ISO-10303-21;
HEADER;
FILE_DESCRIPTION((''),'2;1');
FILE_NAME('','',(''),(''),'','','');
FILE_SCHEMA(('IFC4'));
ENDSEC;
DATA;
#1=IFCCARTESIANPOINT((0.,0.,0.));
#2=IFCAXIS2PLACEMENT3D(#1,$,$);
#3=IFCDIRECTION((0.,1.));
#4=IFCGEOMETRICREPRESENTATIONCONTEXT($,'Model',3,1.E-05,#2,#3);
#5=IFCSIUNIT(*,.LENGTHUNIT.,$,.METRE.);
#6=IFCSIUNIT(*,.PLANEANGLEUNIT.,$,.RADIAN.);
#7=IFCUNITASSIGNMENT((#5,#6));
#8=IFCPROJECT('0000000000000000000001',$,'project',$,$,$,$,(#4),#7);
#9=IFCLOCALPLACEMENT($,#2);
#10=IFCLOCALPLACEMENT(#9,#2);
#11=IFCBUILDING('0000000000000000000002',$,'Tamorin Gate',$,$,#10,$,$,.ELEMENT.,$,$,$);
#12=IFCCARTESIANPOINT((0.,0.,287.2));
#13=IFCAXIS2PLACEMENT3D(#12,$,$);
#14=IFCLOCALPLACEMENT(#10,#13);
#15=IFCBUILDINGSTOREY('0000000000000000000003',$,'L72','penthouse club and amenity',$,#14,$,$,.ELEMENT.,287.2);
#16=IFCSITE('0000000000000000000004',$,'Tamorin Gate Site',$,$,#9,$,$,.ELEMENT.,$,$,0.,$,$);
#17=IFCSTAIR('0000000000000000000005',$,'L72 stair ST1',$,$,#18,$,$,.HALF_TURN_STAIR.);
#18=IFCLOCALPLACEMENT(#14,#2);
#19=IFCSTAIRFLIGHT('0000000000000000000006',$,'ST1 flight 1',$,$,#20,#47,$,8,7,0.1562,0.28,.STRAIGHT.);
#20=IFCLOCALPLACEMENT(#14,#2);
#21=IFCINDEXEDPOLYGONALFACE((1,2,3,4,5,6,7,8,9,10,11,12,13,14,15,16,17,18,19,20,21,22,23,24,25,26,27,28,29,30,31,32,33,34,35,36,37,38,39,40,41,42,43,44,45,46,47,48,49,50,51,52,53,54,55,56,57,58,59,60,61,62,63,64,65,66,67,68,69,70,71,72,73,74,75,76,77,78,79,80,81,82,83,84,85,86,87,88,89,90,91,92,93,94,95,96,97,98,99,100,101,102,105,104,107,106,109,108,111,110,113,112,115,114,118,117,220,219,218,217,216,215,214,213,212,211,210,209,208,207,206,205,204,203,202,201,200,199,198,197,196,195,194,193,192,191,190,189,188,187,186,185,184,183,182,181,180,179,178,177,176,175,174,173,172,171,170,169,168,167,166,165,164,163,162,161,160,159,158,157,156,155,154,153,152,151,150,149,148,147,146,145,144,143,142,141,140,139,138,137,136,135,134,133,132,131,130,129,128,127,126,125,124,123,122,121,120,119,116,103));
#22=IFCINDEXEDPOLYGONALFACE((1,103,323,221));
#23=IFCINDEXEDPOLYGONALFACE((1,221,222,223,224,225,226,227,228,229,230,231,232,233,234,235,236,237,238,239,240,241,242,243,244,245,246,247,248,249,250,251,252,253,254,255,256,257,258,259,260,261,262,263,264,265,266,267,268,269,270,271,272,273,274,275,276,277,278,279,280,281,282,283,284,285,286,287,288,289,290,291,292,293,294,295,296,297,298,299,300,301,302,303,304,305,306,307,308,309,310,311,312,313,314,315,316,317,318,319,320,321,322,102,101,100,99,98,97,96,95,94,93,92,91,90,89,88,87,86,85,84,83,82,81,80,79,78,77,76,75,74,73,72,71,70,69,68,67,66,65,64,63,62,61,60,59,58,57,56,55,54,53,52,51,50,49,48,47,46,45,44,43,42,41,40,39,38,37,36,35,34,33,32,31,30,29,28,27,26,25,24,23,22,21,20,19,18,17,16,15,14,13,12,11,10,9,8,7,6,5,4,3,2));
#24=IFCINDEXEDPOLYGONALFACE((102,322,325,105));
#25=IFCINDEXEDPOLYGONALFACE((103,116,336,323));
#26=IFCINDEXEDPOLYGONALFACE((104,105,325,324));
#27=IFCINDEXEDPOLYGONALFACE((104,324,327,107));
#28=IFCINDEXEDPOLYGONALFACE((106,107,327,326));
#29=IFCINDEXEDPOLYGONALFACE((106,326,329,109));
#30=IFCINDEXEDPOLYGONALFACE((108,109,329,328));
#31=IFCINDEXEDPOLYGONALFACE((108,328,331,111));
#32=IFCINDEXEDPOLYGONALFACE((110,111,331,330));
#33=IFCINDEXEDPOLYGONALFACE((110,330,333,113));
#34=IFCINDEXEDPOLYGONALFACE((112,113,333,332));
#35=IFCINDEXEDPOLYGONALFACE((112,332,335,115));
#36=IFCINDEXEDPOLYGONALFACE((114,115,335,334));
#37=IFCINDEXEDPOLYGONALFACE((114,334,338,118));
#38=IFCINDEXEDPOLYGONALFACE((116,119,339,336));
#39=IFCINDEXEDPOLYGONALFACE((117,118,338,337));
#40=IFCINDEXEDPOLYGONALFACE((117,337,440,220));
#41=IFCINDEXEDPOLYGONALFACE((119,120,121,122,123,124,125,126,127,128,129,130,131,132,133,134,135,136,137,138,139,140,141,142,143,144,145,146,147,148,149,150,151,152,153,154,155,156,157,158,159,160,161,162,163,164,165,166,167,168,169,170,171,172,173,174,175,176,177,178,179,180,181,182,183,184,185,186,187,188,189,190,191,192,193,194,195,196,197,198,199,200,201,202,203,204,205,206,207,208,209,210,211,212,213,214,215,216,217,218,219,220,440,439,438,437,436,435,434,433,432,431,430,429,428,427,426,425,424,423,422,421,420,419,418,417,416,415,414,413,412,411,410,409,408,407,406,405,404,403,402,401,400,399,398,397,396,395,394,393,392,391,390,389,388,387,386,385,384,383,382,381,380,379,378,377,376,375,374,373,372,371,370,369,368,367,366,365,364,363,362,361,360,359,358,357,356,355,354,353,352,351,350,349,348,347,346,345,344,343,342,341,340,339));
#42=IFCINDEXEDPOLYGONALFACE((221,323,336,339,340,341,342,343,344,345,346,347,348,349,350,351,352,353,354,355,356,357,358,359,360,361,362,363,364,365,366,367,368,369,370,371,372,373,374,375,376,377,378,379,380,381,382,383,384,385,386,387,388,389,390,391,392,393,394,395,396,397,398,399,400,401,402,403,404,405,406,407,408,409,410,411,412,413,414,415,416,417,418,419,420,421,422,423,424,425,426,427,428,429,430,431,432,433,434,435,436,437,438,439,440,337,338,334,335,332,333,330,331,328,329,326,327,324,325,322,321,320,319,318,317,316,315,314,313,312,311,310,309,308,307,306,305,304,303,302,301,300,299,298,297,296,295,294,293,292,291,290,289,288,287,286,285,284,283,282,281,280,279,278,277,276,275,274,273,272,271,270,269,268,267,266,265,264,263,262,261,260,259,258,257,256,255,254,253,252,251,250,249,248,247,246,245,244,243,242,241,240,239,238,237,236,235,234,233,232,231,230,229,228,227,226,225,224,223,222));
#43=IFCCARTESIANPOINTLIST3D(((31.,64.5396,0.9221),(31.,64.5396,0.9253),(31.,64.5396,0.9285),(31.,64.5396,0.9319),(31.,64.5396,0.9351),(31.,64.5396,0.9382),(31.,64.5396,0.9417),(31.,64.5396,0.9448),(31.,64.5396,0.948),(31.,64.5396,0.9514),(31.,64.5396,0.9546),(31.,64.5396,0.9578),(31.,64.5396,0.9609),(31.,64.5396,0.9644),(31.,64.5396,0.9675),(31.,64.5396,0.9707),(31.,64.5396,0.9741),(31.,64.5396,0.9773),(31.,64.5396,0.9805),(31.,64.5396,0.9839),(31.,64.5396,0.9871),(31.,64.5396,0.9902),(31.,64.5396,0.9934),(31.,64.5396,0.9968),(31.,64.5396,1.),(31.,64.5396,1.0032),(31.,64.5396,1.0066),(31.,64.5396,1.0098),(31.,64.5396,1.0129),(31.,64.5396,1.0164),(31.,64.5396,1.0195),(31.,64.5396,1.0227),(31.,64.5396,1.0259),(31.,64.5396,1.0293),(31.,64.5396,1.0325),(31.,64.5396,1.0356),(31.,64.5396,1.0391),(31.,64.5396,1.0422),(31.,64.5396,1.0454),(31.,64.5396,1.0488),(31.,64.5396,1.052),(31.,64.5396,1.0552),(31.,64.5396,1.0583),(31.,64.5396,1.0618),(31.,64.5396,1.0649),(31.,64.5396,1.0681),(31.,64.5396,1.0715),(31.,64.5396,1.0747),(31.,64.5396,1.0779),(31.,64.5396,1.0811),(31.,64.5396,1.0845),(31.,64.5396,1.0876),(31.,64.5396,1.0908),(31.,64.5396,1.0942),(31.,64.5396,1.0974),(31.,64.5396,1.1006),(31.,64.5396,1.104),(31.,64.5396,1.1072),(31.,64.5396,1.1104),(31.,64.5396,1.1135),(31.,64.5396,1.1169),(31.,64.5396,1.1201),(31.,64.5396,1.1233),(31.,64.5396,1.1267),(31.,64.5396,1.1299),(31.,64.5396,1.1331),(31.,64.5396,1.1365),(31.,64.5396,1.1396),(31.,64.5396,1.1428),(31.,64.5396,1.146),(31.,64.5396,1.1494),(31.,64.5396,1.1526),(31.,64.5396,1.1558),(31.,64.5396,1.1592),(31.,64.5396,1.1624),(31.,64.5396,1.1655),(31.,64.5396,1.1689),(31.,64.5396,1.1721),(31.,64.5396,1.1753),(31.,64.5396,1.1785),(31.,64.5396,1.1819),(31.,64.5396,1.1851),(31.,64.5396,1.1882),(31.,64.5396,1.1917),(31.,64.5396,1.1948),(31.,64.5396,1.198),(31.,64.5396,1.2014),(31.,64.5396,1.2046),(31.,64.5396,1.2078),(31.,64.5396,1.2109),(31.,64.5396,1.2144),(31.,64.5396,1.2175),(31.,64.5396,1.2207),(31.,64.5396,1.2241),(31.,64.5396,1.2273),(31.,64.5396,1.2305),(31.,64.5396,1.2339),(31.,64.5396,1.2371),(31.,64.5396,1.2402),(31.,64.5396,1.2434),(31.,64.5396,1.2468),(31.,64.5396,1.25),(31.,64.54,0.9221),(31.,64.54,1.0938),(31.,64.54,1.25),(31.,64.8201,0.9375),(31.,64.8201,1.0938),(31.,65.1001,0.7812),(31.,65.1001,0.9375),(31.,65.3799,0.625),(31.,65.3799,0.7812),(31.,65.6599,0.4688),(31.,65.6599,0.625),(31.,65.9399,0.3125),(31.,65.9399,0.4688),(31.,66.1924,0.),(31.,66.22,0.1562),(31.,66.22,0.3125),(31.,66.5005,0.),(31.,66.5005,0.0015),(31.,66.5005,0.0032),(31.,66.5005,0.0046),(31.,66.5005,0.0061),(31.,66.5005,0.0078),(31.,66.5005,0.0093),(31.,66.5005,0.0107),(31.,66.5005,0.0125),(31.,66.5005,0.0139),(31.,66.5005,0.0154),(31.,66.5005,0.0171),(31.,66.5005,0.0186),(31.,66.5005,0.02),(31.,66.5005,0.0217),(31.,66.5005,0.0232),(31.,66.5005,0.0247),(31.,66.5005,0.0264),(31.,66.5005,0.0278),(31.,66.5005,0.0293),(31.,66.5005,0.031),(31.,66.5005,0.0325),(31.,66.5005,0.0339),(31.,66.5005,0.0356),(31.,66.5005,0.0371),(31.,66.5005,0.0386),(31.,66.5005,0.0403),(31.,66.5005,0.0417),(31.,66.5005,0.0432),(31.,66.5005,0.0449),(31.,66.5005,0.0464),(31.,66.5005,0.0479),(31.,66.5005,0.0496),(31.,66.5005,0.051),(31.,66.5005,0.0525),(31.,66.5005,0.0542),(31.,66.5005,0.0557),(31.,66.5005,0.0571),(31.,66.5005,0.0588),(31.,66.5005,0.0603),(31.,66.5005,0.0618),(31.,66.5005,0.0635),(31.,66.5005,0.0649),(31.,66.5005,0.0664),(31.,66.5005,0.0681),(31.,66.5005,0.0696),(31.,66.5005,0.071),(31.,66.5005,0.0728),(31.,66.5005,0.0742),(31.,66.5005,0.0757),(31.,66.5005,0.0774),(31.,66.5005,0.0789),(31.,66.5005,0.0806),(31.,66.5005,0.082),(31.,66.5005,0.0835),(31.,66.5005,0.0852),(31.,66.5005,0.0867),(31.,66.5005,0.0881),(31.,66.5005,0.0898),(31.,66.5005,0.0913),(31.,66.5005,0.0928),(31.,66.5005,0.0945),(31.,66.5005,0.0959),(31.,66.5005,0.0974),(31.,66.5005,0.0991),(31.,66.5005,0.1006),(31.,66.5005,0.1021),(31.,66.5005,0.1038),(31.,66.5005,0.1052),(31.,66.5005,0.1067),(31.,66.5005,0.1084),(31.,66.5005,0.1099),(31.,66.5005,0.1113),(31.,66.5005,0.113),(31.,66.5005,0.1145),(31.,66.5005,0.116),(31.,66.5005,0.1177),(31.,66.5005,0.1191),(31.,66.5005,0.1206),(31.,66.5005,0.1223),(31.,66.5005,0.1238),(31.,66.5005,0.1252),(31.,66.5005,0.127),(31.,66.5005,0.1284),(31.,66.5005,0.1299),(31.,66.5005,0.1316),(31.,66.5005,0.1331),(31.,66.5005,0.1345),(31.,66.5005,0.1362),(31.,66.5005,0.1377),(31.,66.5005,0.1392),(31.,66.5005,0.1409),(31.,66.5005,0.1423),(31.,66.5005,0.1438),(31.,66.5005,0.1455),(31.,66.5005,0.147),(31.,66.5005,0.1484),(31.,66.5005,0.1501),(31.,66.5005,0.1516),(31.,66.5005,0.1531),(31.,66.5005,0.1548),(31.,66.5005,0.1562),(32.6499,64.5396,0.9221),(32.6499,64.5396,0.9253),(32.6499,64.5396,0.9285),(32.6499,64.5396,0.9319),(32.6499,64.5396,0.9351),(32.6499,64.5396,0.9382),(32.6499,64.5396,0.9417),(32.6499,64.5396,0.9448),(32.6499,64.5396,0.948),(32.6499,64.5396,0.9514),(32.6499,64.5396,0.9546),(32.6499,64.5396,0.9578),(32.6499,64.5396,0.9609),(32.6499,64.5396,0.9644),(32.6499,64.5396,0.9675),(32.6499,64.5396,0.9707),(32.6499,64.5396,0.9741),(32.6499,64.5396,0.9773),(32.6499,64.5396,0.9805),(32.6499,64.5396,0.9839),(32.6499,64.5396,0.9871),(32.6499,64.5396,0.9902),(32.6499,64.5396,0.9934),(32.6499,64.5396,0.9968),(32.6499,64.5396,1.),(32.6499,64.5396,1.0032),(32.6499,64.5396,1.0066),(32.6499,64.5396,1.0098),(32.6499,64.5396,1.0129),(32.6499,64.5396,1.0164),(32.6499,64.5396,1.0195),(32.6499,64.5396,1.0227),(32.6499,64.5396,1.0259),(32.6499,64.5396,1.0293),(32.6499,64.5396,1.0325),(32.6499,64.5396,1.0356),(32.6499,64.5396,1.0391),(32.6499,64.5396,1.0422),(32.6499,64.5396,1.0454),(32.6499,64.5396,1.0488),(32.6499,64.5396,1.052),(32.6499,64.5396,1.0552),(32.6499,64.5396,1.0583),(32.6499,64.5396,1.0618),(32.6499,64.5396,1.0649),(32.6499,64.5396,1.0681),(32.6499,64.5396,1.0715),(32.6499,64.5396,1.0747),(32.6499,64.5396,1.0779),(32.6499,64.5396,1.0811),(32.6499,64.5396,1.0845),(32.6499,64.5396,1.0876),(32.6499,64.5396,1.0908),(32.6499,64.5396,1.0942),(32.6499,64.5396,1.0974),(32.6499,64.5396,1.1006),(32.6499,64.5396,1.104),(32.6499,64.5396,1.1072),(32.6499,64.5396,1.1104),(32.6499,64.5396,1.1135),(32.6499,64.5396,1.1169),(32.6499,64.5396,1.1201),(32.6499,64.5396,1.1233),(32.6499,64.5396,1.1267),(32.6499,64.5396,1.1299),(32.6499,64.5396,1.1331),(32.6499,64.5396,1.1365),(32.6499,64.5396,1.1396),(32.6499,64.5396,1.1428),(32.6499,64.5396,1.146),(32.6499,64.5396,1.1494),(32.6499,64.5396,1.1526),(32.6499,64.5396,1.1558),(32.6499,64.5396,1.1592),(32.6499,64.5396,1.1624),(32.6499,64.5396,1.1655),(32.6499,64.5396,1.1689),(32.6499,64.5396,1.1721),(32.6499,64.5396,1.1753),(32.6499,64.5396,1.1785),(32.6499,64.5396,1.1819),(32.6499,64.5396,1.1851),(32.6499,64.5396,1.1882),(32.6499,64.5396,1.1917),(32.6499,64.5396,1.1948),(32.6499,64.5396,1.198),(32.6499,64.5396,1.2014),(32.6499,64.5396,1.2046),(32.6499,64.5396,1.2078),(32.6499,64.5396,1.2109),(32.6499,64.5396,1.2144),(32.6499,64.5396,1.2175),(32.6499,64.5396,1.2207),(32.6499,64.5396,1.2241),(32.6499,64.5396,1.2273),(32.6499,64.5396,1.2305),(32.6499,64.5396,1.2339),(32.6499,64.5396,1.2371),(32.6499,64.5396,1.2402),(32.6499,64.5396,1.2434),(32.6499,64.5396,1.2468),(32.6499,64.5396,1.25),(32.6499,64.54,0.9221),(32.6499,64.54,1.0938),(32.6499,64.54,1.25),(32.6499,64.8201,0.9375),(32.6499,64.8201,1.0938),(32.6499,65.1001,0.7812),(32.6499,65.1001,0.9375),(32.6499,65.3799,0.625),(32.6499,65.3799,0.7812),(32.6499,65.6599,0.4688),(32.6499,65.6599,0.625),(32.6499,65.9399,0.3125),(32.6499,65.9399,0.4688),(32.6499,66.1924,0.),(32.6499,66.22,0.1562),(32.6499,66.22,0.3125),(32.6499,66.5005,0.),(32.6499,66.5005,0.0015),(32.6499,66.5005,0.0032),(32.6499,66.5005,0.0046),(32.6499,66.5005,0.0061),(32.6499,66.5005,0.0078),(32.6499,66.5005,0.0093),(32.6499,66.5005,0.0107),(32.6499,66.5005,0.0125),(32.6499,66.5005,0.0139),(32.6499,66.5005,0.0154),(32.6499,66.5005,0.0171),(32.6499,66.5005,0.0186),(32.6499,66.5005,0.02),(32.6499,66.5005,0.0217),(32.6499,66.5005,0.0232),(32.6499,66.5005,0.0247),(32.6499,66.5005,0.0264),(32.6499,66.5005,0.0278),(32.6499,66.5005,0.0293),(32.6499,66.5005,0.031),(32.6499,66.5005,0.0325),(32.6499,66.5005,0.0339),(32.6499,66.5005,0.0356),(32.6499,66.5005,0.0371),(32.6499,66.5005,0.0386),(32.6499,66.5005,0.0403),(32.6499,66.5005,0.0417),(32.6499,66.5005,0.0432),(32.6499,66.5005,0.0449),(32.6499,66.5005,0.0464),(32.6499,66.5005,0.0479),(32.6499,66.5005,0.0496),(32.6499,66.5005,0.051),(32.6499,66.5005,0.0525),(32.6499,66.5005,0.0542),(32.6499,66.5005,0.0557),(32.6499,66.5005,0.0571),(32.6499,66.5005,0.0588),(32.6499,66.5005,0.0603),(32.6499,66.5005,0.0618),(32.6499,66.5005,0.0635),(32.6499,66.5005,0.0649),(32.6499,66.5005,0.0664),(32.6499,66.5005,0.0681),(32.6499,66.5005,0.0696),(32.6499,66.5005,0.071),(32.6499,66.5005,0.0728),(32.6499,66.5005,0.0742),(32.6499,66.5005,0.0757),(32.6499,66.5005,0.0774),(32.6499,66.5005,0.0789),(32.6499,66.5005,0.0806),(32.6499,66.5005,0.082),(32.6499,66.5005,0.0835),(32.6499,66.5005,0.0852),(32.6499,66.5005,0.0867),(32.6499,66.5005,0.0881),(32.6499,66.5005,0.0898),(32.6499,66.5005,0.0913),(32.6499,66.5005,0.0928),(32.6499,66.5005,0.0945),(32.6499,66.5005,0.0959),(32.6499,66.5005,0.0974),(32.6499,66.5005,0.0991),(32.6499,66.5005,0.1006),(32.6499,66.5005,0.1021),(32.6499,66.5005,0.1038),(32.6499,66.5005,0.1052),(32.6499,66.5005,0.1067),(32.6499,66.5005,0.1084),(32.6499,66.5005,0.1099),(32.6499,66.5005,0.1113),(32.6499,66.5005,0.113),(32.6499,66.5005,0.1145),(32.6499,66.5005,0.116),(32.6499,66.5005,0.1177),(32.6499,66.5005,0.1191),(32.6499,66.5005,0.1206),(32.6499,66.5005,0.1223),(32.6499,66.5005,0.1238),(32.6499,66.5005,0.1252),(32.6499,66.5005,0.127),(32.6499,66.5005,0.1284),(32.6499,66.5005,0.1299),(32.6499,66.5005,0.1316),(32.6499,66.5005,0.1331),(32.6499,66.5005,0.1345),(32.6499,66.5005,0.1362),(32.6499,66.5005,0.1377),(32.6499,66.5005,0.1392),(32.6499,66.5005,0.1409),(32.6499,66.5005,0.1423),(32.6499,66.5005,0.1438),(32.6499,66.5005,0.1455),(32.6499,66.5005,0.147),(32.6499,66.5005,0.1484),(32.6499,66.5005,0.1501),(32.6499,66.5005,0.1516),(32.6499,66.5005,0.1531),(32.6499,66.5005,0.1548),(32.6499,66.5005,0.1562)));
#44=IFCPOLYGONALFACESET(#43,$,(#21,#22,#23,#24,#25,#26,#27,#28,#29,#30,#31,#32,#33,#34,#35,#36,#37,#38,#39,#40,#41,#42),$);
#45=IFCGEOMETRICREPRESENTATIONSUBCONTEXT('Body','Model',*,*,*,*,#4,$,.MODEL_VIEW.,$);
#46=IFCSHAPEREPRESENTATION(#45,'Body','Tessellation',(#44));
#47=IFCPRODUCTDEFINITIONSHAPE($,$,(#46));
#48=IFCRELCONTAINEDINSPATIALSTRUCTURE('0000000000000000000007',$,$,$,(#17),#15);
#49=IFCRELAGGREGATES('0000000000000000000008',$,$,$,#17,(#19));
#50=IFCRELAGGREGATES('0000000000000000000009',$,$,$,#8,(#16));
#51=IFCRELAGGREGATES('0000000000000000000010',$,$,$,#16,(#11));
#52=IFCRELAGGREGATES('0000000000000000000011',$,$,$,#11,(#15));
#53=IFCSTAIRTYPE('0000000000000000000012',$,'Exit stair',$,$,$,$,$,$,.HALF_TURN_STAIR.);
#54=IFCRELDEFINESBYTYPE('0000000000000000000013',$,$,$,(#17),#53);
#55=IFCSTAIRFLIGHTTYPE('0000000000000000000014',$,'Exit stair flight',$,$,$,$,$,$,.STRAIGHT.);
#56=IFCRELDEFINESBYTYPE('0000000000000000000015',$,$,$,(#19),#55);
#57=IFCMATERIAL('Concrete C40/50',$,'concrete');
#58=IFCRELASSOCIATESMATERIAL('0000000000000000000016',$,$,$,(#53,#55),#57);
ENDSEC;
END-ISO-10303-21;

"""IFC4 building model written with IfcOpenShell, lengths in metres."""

from ifc_helpers import new_model, si_unit, direction, frame, origin, place, context, subcontext, project, spatial, polyline, outline, extrude, material, type_object, element, aggregate, save


model = new_model("IFC4")

# Units and contexts
model_context = context("Model", 3, precision=1e-05, world=origin(), true_north=direction((0.0, 1.0)))
body_context = subcontext(model_context, "Body", "Model", "MODEL_VIEW")
ifc_project = project(units=[si_unit("LENGTHUNIT", "METRE"), si_unit("PLANEANGLEUNIT", "RADIAN")], contexts=[model_context])

# Site, building, storey
site_placement = place(None, origin())
site = spatial("IfcSite", under=ifc_project, at=site_placement, Name="Tamorin Gate Site", CompositionType="ELEMENT", RefElevation=0.0)
building_placement = place(site_placement, origin())
building = spatial("IfcBuilding", under=site, at=building_placement, Name="Tamorin Gate", CompositionType="ELEMENT")
storey_placement = place(building_placement, frame((0.0, 0.0, 287.2)))
storey = spatial("IfcBuildingStorey", under=building, at=storey_placement, Name="L72", Description="penthouse club and amenity", CompositionType="ELEMENT", Elevation=287.2)

# Stair, stair flight
ifc_material_1 = material(Name="Concrete C40/50", Category="concrete")
stair_type = type_object("IfcStairType", Name="Exit stair", PredefinedType="HALF_TURN_STAIR", material=ifc_material_1)
stair_placement = place(storey_placement, origin())
stair = element("IfcStair", 1, at=stair_placement, inside=storey, type_object=stair_type, Name="L72 stair ST1", PredefinedType="HALF_TURN_STAIR")
stair_flight_type = type_object("IfcStairFlightType", Name="Exit stair flight", PredefinedType="STRAIGHT", material=ifc_material_1)
stair_flight_1_placement = place(storey_placement, frame((31.825, 66.5, 0.0), z_axis=(0.0, 0.0, 1.0), x_axis=(0.0, -1.0, 0.0)))
stair_flight_1 = element("IfcStairFlight", 2, at=stair_flight_1_placement, type_object=stair_flight_type, Name="ST1 flight 1", NumberOfRisers=8, NumberOfTreads=7, PredefinedType="STRAIGHT", RiserHeight=0.1562, TreadLength=0.28, context=body_context, shape_type="SweptSolid", body=[
    extrude(outline(polyline([(-0.0005, 0.0), (-0.0005, 0.0015), (-0.0005, 0.0032), (-0.0005, 0.0046), (-0.0005, 0.0061), (-0.0005, 0.0078), (-0.0005, 0.0093), (-0.0005, 0.0107), (-0.0005, 0.0125), (-0.0005, 0.0139), (-0.0005, 0.0154), (-0.0005, 0.0171), (-0.0005, 0.0186), (-0.0005, 0.02), (-0.0005, 0.0217), (-0.0005, 0.0232), (-0.0005, 0.0247), (-0.0005, 0.0264), (-0.0005, 0.0278), (-0.0005, 0.0293), (-0.0005, 0.031), (-0.0005, 0.0325), (-0.0005, 0.0339), (-0.0005, 0.0356), (-0.0005, 0.0371), (-0.0005, 0.0386), (-0.0005, 0.0403), (-0.0005, 0.0417), (-0.0005, 0.0432), (-0.0005, 0.0449), (-0.0005, 0.0464), (-0.0005, 0.0479), (-0.0005, 0.0496), (-0.0005, 0.051), (-0.0005, 0.0525), (-0.0005, 0.0542), (-0.0005, 0.0557), (-0.0005, 0.0571), (-0.0005, 0.0588), (-0.0005, 0.0603), (-0.0005, 0.0618), (-0.0005, 0.0635), (-0.0005, 0.0649), (-0.0005, 0.0664), (-0.0005, 0.0681), (-0.0005, 0.0696), (-0.0005, 0.071), (-0.0005, 0.0728), (-0.0005, 0.0742), (-0.0005, 0.0757), (-0.0005, 0.0774), (-0.0005, 0.0789), (-0.0005, 0.0806), (-0.0005, 0.082), (-0.0005, 0.0835), (-0.0005, 0.0852), (-0.0005, 0.0867), (-0.0005, 0.0881), (-0.0005, 0.0898), (-0.0005, 0.0913), (-0.0005, 0.0928), (-0.0005, 0.0945), (-0.0005, 0.0959), (-0.0005, 0.0974), (-0.0005, 0.0991), (-0.0005, 0.1006), (-0.0005, 0.1021), (-0.0005, 0.1038), (-0.0005, 0.1052), (-0.0005, 0.1067), (-0.0005, 0.1084), (-0.0005, 0.1099), (-0.0005, 0.1113), (-0.0005, 0.113), (-0.0005, 0.1145), (-0.0005, 0.116), (-0.0005, 0.1177), (-0.0005, 0.1191), (-0.0005, 0.1206), (-0.0005, 0.1223), (-0.0005, 0.1238), (-0.0005, 0.1252), (-0.0005, 0.127), (-0.0005, 0.1284), (-0.0005, 0.1299), (-0.0005, 0.1316), (-0.0005, 0.1331), (-0.0005, 0.1345), (-0.0005, 0.1362), (-0.0005, 0.1377), (-0.0005, 0.1392), (-0.0005, 0.1409), (-0.0005, 0.1423), (-0.0005, 0.1438), (-0.0005, 0.1455), (-0.0005, 0.147), (-0.0005, 0.1484), (-0.0005, 0.1501), (-0.0005, 0.1516), (-0.0005, 0.1531), (-0.0005, 0.1548), (-0.0005, 0.1562), (0.28, 0.1562), (0.28, 0.3125), (0.5601, 0.3125), (0.5601, 0.4688), (0.8401, 0.4688), (0.8401, 0.625), (1.1201, 0.625), (1.1201, 0.7812), (1.3999, 0.7812), (1.3999, 0.9375), (1.6799, 0.9375), (1.6799, 1.0938), (1.96, 1.0938), (1.96, 1.25), (1.9604, 1.25), (1.9604, 1.2468), (1.9604, 1.2434), (1.9604, 1.2402), (1.9604, 1.2371), (1.9604, 1.2339), (1.9604, 1.2305), (1.9604, 1.2273), (1.9604, 1.2241), (1.9604, 1.2207), (1.9604, 1.2175), (1.9604, 1.2144), (1.9604, 1.2109), (1.9604, 1.2078), (1.9604, 1.2046), (1.9604, 1.2014), (1.9604, 1.198), (1.9604, 1.1948), (1.9604, 1.1917), (1.9604, 1.1882), (1.9604, 1.1851), (1.9604, 1.1819), (1.9604, 1.1785), (1.9604, 1.1753), (1.9604, 1.1721), (1.9604, 1.1689), (1.9604, 1.1655), (1.9604, 1.1624), (1.9604, 1.1592), (1.9604, 1.1558), (1.9604, 1.1526), (1.9604, 1.1494), (1.9604, 1.146), (1.9604, 1.1428), (1.9604, 1.1396), (1.9604, 1.1365), (1.9604, 1.1331), (1.9604, 1.1299), (1.9604, 1.1267), (1.9604, 1.1233), (1.9604, 1.1201), (1.9604, 1.1169), (1.9604, 1.1135), (1.9604, 1.1104), (1.9604, 1.1072), (1.9604, 1.104), (1.9604, 1.1006), (1.9604, 1.0974), (1.9604, 1.0942), (1.9604, 1.0908), (1.9604, 1.0876), (1.9604, 1.0845), (1.9604, 1.0811), (1.9604, 1.0779), (1.9604, 1.0747), (1.9604, 1.0715), (1.9604, 1.0681), (1.9604, 1.0649), (1.9604, 1.0618), (1.9604, 1.0583), (1.9604, 1.0552), (1.9604, 1.052), (1.9604, 1.0488), (1.9604, 1.0454), (1.9604, 1.0422), (1.9604, 1.0391), (1.9604, 1.0356), (1.9604, 1.0325), (1.9604, 1.0293), (1.9604, 1.0259), (1.9604, 1.0227), (1.9604, 1.0195), (1.9604, 1.0164), (1.9604, 1.0129), (1.9604, 1.0098), (1.9604, 1.0066), (1.9604, 1.0032), (1.9604, 1.0), (1.9604, 0.9968), (1.9604, 0.9934), (1.9604, 0.9902), (1.9604, 0.9871), (1.9604, 0.9839), (1.9604, 0.9805), (1.9604, 0.9773), (1.9604, 0.9741), (1.9604, 0.9707), (1.9604, 0.9675), (1.9604, 0.9644), (1.9604, 0.9609), (1.9604, 0.9578), (1.9604, 0.9546), (1.9604, 0.9514), (1.9604, 0.948), (1.9604, 0.9448), (1.9604, 0.9417), (1.9604, 0.9382), (1.9604, 0.9351), (1.9604, 0.9319), (1.9604, 0.9285), (1.9604, 0.9253), (1.9604, 0.9221), (1.96, 0.9221), (0.3076, 0.0), (-0.0005, 0.0)])), frame((0.0, 0.825, 0.0), z_axis=(0.0, -1.0, 0.0), x_axis=(1.0, 0.0, 0.0)), (0.0, 0.0, 1.0), 1.6499),
])
aggregate(stair, [stair_flight_1])

save(model, "model.ifc")
